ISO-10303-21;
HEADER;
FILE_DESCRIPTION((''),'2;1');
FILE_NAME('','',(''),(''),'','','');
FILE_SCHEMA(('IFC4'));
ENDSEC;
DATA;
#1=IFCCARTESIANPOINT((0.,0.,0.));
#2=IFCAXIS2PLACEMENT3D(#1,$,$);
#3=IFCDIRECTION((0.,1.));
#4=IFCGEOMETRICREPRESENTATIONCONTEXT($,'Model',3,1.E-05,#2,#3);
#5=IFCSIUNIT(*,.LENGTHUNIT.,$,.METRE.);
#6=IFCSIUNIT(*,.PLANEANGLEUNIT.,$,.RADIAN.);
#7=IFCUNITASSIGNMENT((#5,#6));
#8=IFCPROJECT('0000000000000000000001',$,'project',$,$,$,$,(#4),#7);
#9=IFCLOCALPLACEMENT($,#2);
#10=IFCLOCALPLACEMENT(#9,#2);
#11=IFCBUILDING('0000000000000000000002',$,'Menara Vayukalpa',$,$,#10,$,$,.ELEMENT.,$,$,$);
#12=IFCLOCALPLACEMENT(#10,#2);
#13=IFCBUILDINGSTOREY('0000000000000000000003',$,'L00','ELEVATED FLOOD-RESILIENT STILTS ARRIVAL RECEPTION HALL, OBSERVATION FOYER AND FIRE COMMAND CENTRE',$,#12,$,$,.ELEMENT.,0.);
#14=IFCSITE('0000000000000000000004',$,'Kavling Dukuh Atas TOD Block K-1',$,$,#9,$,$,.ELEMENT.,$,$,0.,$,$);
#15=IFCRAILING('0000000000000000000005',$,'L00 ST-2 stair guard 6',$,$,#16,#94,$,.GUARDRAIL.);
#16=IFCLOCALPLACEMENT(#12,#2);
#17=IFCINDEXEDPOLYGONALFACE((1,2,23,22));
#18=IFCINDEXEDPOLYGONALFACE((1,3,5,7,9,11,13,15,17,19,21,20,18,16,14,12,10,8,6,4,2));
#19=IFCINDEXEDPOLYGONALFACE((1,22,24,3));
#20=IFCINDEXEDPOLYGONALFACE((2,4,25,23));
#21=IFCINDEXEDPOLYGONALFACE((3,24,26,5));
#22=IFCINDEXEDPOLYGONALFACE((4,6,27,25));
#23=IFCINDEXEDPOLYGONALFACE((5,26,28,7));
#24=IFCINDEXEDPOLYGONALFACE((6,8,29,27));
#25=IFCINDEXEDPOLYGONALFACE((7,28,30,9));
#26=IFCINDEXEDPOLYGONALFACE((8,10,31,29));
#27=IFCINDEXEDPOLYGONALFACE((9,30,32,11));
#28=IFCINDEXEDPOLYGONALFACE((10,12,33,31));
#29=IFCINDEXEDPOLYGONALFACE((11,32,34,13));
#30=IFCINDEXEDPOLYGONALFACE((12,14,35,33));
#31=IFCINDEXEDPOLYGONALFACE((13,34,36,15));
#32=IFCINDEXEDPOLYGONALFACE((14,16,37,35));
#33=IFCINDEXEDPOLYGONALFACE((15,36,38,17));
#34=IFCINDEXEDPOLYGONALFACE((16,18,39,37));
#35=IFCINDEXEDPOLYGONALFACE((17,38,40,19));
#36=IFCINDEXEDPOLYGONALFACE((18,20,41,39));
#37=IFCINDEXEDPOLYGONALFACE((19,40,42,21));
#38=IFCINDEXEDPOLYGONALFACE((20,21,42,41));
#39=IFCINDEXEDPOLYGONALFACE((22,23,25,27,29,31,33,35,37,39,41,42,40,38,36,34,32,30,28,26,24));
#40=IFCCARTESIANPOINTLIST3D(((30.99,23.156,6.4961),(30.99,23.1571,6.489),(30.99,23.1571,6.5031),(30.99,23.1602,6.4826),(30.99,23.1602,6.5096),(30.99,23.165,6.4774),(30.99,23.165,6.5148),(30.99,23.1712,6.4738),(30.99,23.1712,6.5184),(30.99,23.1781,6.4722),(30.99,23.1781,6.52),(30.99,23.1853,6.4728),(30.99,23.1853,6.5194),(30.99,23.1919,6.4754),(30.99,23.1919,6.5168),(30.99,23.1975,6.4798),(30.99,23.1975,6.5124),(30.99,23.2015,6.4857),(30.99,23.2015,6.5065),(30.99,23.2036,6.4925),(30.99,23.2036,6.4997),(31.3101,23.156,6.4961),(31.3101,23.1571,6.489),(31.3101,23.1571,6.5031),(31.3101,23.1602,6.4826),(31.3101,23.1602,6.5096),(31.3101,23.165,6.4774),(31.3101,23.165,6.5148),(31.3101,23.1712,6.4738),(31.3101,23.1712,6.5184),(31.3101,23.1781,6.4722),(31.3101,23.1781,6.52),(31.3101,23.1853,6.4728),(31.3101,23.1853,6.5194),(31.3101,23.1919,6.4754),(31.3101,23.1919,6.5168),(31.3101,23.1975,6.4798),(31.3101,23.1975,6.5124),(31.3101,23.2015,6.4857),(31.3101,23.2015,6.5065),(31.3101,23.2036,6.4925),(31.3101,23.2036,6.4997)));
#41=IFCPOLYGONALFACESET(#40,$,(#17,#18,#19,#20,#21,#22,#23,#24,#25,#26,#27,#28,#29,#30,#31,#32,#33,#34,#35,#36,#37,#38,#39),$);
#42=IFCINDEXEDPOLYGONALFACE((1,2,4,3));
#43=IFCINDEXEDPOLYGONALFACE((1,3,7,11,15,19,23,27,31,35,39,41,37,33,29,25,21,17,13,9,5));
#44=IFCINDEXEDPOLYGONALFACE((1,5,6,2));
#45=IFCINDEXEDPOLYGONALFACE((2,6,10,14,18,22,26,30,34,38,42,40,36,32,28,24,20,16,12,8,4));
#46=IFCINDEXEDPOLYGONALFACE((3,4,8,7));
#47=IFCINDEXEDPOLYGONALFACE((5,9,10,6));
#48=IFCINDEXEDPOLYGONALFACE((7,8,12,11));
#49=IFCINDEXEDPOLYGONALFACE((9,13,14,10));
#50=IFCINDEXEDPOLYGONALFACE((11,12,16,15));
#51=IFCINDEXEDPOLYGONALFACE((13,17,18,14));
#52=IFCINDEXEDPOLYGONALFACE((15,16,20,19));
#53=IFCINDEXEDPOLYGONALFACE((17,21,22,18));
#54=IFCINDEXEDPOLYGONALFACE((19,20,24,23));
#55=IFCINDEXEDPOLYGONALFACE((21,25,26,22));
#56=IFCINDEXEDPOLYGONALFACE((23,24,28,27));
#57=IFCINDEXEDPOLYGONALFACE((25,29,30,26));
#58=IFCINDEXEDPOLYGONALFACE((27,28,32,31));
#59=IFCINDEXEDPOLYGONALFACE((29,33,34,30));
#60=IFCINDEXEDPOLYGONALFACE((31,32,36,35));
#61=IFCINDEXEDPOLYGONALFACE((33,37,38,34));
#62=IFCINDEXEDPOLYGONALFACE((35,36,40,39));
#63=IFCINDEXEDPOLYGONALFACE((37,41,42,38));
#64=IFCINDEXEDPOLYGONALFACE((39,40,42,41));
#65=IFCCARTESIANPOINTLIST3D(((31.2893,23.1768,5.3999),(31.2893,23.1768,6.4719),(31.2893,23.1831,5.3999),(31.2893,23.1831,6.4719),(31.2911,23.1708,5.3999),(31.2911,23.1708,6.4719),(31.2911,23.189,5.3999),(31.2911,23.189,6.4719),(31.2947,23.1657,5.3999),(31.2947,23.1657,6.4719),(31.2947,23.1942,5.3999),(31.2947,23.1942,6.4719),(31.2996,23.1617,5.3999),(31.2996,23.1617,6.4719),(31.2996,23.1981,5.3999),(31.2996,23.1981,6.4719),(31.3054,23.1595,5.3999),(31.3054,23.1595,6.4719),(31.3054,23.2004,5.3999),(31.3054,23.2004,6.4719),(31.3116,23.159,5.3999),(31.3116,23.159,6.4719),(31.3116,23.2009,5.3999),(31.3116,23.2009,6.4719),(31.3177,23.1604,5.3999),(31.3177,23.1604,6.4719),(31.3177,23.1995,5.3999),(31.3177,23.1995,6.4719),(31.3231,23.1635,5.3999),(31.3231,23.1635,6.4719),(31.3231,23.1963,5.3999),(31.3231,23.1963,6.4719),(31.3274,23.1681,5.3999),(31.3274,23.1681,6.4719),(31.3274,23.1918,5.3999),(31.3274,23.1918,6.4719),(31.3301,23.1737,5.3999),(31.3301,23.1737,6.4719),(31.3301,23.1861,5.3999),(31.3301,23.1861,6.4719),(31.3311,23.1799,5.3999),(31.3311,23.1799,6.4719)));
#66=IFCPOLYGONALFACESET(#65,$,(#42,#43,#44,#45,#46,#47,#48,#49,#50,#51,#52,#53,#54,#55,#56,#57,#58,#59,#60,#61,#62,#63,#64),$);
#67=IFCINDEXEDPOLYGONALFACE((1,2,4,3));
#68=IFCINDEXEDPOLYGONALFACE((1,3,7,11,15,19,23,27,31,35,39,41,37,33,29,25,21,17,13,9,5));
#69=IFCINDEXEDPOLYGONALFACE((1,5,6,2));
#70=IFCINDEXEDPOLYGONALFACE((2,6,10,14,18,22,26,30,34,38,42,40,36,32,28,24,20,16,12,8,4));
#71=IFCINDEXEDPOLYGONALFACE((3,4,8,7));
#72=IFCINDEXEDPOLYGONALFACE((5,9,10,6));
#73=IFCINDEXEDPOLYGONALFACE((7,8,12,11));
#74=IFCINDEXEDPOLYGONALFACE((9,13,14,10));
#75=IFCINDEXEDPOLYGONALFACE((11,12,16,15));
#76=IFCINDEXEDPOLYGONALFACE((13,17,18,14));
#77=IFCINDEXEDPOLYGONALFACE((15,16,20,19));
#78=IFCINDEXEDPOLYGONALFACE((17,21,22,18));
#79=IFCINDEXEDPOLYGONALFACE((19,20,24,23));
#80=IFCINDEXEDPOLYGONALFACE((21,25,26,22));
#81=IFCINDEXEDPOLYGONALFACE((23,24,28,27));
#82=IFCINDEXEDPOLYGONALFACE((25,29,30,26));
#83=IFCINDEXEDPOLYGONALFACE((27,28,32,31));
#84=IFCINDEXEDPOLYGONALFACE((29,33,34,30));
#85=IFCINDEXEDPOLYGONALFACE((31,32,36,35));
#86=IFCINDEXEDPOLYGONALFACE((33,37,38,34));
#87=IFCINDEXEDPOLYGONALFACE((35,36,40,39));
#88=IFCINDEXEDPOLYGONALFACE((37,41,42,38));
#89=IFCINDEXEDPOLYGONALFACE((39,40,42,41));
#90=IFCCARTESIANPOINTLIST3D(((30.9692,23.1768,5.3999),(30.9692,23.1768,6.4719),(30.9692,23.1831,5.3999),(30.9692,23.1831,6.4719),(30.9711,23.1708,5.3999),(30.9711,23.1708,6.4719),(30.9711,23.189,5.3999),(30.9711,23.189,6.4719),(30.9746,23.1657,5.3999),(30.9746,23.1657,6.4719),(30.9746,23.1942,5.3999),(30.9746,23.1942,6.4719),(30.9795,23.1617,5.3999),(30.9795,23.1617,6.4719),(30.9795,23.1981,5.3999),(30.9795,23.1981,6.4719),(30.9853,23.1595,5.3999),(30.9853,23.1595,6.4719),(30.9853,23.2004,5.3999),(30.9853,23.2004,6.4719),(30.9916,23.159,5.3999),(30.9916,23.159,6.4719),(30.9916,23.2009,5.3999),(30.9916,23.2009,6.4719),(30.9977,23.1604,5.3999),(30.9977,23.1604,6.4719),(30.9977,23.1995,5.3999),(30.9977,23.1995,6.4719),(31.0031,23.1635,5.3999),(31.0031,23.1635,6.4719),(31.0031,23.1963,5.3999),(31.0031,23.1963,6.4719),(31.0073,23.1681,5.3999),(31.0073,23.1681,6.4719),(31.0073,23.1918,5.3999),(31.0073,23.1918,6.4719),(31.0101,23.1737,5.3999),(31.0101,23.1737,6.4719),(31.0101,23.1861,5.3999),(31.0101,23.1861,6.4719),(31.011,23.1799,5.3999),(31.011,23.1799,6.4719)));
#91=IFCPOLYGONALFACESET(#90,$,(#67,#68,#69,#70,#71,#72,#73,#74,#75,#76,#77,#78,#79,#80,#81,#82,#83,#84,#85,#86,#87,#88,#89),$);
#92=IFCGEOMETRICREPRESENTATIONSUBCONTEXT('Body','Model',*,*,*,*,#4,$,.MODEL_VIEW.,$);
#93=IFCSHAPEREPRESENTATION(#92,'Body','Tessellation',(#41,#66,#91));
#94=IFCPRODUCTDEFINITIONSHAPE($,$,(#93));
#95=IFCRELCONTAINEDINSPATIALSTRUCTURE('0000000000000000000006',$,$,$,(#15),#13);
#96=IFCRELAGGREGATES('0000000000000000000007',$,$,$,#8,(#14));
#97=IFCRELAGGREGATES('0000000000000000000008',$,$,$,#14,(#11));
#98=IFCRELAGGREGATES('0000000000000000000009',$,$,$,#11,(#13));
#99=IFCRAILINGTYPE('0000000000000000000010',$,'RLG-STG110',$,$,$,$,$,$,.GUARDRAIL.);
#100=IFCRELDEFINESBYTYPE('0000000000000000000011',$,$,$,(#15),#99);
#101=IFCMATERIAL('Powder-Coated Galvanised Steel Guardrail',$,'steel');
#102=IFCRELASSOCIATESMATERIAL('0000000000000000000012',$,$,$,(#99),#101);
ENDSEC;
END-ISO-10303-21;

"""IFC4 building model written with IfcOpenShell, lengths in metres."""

from ifc_helpers import new_model, si_unit, direction, frame, origin, origin_2d, place, context, subcontext, project, spatial, circle, extrude, material, type_object, element, save


model = new_model("IFC4")

# Units and contexts
model_context = context("Model", 3, precision=1e-05, world=origin(), true_north=direction((0.0, 1.0)))
body_context = subcontext(model_context, "Body", "Model", "MODEL_VIEW")
ifc_project = project(units=[si_unit("LENGTHUNIT", "METRE"), si_unit("PLANEANGLEUNIT", "RADIAN")], contexts=[model_context])

# Site, building, storey
site_placement = place(None, origin())
site = spatial("IfcSite", under=ifc_project, at=site_placement, Name="Kavling Dukuh Atas TOD Block K-1", CompositionType="ELEMENT", RefElevation=0.0)
building_placement = place(site_placement, origin())
building = spatial("IfcBuilding", under=site, at=building_placement, Name="Menara Vayukalpa", CompositionType="ELEMENT")
storey_placement = place(building_placement, origin())
storey = spatial("IfcBuildingStorey", under=building, at=storey_placement, Name="L00", Description="ELEVATED FLOOD-RESILIENT STILTS ARRIVAL RECEPTION HALL, OBSERVATION FOYER AND FIRE COMMAND CENTRE", CompositionType="ELEMENT", Elevation=0.0)

# Railing
ifc_material_1 = material(Name="Powder-Coated Galvanised Steel Guardrail", Category="steel")
railing_type_1 = type_object("IfcRailingType", Name="RLG-STG110", PredefinedType="GUARDRAIL", material=ifc_material_1)
railing_1_placement = place(storey_placement, frame((31.3101, 23.1799, 5.3999)))
element("IfcRailing", 1, at=railing_1_placement, inside=storey, type_object=railing_type_1, Name="L00 ST-2 stair guard 6", PredefinedType="GUARDRAIL", context=body_context, shape_type="SweptSolid", body=[
    extrude(circle(Radius=0.0239, at=origin_2d()), frame((0.0, 0.0, 1.0962), z_axis=(-1.0, 0.0, 0.0), x_axis=(0.0, -1.0, 0.0)), (0.0, 0.0, 1.0), 0.3201),
    extrude(circle(Radius=0.021, at=origin_2d()), origin(), (0.0, 0.0, 1.0), 1.072),
    extrude(circle(Radius=0.021, at=origin_2d()), frame((-0.3201, 0.0, 0.0)), (0.0, 0.0, 1.0), 1.072),
])

save(model, "model.ifc")
